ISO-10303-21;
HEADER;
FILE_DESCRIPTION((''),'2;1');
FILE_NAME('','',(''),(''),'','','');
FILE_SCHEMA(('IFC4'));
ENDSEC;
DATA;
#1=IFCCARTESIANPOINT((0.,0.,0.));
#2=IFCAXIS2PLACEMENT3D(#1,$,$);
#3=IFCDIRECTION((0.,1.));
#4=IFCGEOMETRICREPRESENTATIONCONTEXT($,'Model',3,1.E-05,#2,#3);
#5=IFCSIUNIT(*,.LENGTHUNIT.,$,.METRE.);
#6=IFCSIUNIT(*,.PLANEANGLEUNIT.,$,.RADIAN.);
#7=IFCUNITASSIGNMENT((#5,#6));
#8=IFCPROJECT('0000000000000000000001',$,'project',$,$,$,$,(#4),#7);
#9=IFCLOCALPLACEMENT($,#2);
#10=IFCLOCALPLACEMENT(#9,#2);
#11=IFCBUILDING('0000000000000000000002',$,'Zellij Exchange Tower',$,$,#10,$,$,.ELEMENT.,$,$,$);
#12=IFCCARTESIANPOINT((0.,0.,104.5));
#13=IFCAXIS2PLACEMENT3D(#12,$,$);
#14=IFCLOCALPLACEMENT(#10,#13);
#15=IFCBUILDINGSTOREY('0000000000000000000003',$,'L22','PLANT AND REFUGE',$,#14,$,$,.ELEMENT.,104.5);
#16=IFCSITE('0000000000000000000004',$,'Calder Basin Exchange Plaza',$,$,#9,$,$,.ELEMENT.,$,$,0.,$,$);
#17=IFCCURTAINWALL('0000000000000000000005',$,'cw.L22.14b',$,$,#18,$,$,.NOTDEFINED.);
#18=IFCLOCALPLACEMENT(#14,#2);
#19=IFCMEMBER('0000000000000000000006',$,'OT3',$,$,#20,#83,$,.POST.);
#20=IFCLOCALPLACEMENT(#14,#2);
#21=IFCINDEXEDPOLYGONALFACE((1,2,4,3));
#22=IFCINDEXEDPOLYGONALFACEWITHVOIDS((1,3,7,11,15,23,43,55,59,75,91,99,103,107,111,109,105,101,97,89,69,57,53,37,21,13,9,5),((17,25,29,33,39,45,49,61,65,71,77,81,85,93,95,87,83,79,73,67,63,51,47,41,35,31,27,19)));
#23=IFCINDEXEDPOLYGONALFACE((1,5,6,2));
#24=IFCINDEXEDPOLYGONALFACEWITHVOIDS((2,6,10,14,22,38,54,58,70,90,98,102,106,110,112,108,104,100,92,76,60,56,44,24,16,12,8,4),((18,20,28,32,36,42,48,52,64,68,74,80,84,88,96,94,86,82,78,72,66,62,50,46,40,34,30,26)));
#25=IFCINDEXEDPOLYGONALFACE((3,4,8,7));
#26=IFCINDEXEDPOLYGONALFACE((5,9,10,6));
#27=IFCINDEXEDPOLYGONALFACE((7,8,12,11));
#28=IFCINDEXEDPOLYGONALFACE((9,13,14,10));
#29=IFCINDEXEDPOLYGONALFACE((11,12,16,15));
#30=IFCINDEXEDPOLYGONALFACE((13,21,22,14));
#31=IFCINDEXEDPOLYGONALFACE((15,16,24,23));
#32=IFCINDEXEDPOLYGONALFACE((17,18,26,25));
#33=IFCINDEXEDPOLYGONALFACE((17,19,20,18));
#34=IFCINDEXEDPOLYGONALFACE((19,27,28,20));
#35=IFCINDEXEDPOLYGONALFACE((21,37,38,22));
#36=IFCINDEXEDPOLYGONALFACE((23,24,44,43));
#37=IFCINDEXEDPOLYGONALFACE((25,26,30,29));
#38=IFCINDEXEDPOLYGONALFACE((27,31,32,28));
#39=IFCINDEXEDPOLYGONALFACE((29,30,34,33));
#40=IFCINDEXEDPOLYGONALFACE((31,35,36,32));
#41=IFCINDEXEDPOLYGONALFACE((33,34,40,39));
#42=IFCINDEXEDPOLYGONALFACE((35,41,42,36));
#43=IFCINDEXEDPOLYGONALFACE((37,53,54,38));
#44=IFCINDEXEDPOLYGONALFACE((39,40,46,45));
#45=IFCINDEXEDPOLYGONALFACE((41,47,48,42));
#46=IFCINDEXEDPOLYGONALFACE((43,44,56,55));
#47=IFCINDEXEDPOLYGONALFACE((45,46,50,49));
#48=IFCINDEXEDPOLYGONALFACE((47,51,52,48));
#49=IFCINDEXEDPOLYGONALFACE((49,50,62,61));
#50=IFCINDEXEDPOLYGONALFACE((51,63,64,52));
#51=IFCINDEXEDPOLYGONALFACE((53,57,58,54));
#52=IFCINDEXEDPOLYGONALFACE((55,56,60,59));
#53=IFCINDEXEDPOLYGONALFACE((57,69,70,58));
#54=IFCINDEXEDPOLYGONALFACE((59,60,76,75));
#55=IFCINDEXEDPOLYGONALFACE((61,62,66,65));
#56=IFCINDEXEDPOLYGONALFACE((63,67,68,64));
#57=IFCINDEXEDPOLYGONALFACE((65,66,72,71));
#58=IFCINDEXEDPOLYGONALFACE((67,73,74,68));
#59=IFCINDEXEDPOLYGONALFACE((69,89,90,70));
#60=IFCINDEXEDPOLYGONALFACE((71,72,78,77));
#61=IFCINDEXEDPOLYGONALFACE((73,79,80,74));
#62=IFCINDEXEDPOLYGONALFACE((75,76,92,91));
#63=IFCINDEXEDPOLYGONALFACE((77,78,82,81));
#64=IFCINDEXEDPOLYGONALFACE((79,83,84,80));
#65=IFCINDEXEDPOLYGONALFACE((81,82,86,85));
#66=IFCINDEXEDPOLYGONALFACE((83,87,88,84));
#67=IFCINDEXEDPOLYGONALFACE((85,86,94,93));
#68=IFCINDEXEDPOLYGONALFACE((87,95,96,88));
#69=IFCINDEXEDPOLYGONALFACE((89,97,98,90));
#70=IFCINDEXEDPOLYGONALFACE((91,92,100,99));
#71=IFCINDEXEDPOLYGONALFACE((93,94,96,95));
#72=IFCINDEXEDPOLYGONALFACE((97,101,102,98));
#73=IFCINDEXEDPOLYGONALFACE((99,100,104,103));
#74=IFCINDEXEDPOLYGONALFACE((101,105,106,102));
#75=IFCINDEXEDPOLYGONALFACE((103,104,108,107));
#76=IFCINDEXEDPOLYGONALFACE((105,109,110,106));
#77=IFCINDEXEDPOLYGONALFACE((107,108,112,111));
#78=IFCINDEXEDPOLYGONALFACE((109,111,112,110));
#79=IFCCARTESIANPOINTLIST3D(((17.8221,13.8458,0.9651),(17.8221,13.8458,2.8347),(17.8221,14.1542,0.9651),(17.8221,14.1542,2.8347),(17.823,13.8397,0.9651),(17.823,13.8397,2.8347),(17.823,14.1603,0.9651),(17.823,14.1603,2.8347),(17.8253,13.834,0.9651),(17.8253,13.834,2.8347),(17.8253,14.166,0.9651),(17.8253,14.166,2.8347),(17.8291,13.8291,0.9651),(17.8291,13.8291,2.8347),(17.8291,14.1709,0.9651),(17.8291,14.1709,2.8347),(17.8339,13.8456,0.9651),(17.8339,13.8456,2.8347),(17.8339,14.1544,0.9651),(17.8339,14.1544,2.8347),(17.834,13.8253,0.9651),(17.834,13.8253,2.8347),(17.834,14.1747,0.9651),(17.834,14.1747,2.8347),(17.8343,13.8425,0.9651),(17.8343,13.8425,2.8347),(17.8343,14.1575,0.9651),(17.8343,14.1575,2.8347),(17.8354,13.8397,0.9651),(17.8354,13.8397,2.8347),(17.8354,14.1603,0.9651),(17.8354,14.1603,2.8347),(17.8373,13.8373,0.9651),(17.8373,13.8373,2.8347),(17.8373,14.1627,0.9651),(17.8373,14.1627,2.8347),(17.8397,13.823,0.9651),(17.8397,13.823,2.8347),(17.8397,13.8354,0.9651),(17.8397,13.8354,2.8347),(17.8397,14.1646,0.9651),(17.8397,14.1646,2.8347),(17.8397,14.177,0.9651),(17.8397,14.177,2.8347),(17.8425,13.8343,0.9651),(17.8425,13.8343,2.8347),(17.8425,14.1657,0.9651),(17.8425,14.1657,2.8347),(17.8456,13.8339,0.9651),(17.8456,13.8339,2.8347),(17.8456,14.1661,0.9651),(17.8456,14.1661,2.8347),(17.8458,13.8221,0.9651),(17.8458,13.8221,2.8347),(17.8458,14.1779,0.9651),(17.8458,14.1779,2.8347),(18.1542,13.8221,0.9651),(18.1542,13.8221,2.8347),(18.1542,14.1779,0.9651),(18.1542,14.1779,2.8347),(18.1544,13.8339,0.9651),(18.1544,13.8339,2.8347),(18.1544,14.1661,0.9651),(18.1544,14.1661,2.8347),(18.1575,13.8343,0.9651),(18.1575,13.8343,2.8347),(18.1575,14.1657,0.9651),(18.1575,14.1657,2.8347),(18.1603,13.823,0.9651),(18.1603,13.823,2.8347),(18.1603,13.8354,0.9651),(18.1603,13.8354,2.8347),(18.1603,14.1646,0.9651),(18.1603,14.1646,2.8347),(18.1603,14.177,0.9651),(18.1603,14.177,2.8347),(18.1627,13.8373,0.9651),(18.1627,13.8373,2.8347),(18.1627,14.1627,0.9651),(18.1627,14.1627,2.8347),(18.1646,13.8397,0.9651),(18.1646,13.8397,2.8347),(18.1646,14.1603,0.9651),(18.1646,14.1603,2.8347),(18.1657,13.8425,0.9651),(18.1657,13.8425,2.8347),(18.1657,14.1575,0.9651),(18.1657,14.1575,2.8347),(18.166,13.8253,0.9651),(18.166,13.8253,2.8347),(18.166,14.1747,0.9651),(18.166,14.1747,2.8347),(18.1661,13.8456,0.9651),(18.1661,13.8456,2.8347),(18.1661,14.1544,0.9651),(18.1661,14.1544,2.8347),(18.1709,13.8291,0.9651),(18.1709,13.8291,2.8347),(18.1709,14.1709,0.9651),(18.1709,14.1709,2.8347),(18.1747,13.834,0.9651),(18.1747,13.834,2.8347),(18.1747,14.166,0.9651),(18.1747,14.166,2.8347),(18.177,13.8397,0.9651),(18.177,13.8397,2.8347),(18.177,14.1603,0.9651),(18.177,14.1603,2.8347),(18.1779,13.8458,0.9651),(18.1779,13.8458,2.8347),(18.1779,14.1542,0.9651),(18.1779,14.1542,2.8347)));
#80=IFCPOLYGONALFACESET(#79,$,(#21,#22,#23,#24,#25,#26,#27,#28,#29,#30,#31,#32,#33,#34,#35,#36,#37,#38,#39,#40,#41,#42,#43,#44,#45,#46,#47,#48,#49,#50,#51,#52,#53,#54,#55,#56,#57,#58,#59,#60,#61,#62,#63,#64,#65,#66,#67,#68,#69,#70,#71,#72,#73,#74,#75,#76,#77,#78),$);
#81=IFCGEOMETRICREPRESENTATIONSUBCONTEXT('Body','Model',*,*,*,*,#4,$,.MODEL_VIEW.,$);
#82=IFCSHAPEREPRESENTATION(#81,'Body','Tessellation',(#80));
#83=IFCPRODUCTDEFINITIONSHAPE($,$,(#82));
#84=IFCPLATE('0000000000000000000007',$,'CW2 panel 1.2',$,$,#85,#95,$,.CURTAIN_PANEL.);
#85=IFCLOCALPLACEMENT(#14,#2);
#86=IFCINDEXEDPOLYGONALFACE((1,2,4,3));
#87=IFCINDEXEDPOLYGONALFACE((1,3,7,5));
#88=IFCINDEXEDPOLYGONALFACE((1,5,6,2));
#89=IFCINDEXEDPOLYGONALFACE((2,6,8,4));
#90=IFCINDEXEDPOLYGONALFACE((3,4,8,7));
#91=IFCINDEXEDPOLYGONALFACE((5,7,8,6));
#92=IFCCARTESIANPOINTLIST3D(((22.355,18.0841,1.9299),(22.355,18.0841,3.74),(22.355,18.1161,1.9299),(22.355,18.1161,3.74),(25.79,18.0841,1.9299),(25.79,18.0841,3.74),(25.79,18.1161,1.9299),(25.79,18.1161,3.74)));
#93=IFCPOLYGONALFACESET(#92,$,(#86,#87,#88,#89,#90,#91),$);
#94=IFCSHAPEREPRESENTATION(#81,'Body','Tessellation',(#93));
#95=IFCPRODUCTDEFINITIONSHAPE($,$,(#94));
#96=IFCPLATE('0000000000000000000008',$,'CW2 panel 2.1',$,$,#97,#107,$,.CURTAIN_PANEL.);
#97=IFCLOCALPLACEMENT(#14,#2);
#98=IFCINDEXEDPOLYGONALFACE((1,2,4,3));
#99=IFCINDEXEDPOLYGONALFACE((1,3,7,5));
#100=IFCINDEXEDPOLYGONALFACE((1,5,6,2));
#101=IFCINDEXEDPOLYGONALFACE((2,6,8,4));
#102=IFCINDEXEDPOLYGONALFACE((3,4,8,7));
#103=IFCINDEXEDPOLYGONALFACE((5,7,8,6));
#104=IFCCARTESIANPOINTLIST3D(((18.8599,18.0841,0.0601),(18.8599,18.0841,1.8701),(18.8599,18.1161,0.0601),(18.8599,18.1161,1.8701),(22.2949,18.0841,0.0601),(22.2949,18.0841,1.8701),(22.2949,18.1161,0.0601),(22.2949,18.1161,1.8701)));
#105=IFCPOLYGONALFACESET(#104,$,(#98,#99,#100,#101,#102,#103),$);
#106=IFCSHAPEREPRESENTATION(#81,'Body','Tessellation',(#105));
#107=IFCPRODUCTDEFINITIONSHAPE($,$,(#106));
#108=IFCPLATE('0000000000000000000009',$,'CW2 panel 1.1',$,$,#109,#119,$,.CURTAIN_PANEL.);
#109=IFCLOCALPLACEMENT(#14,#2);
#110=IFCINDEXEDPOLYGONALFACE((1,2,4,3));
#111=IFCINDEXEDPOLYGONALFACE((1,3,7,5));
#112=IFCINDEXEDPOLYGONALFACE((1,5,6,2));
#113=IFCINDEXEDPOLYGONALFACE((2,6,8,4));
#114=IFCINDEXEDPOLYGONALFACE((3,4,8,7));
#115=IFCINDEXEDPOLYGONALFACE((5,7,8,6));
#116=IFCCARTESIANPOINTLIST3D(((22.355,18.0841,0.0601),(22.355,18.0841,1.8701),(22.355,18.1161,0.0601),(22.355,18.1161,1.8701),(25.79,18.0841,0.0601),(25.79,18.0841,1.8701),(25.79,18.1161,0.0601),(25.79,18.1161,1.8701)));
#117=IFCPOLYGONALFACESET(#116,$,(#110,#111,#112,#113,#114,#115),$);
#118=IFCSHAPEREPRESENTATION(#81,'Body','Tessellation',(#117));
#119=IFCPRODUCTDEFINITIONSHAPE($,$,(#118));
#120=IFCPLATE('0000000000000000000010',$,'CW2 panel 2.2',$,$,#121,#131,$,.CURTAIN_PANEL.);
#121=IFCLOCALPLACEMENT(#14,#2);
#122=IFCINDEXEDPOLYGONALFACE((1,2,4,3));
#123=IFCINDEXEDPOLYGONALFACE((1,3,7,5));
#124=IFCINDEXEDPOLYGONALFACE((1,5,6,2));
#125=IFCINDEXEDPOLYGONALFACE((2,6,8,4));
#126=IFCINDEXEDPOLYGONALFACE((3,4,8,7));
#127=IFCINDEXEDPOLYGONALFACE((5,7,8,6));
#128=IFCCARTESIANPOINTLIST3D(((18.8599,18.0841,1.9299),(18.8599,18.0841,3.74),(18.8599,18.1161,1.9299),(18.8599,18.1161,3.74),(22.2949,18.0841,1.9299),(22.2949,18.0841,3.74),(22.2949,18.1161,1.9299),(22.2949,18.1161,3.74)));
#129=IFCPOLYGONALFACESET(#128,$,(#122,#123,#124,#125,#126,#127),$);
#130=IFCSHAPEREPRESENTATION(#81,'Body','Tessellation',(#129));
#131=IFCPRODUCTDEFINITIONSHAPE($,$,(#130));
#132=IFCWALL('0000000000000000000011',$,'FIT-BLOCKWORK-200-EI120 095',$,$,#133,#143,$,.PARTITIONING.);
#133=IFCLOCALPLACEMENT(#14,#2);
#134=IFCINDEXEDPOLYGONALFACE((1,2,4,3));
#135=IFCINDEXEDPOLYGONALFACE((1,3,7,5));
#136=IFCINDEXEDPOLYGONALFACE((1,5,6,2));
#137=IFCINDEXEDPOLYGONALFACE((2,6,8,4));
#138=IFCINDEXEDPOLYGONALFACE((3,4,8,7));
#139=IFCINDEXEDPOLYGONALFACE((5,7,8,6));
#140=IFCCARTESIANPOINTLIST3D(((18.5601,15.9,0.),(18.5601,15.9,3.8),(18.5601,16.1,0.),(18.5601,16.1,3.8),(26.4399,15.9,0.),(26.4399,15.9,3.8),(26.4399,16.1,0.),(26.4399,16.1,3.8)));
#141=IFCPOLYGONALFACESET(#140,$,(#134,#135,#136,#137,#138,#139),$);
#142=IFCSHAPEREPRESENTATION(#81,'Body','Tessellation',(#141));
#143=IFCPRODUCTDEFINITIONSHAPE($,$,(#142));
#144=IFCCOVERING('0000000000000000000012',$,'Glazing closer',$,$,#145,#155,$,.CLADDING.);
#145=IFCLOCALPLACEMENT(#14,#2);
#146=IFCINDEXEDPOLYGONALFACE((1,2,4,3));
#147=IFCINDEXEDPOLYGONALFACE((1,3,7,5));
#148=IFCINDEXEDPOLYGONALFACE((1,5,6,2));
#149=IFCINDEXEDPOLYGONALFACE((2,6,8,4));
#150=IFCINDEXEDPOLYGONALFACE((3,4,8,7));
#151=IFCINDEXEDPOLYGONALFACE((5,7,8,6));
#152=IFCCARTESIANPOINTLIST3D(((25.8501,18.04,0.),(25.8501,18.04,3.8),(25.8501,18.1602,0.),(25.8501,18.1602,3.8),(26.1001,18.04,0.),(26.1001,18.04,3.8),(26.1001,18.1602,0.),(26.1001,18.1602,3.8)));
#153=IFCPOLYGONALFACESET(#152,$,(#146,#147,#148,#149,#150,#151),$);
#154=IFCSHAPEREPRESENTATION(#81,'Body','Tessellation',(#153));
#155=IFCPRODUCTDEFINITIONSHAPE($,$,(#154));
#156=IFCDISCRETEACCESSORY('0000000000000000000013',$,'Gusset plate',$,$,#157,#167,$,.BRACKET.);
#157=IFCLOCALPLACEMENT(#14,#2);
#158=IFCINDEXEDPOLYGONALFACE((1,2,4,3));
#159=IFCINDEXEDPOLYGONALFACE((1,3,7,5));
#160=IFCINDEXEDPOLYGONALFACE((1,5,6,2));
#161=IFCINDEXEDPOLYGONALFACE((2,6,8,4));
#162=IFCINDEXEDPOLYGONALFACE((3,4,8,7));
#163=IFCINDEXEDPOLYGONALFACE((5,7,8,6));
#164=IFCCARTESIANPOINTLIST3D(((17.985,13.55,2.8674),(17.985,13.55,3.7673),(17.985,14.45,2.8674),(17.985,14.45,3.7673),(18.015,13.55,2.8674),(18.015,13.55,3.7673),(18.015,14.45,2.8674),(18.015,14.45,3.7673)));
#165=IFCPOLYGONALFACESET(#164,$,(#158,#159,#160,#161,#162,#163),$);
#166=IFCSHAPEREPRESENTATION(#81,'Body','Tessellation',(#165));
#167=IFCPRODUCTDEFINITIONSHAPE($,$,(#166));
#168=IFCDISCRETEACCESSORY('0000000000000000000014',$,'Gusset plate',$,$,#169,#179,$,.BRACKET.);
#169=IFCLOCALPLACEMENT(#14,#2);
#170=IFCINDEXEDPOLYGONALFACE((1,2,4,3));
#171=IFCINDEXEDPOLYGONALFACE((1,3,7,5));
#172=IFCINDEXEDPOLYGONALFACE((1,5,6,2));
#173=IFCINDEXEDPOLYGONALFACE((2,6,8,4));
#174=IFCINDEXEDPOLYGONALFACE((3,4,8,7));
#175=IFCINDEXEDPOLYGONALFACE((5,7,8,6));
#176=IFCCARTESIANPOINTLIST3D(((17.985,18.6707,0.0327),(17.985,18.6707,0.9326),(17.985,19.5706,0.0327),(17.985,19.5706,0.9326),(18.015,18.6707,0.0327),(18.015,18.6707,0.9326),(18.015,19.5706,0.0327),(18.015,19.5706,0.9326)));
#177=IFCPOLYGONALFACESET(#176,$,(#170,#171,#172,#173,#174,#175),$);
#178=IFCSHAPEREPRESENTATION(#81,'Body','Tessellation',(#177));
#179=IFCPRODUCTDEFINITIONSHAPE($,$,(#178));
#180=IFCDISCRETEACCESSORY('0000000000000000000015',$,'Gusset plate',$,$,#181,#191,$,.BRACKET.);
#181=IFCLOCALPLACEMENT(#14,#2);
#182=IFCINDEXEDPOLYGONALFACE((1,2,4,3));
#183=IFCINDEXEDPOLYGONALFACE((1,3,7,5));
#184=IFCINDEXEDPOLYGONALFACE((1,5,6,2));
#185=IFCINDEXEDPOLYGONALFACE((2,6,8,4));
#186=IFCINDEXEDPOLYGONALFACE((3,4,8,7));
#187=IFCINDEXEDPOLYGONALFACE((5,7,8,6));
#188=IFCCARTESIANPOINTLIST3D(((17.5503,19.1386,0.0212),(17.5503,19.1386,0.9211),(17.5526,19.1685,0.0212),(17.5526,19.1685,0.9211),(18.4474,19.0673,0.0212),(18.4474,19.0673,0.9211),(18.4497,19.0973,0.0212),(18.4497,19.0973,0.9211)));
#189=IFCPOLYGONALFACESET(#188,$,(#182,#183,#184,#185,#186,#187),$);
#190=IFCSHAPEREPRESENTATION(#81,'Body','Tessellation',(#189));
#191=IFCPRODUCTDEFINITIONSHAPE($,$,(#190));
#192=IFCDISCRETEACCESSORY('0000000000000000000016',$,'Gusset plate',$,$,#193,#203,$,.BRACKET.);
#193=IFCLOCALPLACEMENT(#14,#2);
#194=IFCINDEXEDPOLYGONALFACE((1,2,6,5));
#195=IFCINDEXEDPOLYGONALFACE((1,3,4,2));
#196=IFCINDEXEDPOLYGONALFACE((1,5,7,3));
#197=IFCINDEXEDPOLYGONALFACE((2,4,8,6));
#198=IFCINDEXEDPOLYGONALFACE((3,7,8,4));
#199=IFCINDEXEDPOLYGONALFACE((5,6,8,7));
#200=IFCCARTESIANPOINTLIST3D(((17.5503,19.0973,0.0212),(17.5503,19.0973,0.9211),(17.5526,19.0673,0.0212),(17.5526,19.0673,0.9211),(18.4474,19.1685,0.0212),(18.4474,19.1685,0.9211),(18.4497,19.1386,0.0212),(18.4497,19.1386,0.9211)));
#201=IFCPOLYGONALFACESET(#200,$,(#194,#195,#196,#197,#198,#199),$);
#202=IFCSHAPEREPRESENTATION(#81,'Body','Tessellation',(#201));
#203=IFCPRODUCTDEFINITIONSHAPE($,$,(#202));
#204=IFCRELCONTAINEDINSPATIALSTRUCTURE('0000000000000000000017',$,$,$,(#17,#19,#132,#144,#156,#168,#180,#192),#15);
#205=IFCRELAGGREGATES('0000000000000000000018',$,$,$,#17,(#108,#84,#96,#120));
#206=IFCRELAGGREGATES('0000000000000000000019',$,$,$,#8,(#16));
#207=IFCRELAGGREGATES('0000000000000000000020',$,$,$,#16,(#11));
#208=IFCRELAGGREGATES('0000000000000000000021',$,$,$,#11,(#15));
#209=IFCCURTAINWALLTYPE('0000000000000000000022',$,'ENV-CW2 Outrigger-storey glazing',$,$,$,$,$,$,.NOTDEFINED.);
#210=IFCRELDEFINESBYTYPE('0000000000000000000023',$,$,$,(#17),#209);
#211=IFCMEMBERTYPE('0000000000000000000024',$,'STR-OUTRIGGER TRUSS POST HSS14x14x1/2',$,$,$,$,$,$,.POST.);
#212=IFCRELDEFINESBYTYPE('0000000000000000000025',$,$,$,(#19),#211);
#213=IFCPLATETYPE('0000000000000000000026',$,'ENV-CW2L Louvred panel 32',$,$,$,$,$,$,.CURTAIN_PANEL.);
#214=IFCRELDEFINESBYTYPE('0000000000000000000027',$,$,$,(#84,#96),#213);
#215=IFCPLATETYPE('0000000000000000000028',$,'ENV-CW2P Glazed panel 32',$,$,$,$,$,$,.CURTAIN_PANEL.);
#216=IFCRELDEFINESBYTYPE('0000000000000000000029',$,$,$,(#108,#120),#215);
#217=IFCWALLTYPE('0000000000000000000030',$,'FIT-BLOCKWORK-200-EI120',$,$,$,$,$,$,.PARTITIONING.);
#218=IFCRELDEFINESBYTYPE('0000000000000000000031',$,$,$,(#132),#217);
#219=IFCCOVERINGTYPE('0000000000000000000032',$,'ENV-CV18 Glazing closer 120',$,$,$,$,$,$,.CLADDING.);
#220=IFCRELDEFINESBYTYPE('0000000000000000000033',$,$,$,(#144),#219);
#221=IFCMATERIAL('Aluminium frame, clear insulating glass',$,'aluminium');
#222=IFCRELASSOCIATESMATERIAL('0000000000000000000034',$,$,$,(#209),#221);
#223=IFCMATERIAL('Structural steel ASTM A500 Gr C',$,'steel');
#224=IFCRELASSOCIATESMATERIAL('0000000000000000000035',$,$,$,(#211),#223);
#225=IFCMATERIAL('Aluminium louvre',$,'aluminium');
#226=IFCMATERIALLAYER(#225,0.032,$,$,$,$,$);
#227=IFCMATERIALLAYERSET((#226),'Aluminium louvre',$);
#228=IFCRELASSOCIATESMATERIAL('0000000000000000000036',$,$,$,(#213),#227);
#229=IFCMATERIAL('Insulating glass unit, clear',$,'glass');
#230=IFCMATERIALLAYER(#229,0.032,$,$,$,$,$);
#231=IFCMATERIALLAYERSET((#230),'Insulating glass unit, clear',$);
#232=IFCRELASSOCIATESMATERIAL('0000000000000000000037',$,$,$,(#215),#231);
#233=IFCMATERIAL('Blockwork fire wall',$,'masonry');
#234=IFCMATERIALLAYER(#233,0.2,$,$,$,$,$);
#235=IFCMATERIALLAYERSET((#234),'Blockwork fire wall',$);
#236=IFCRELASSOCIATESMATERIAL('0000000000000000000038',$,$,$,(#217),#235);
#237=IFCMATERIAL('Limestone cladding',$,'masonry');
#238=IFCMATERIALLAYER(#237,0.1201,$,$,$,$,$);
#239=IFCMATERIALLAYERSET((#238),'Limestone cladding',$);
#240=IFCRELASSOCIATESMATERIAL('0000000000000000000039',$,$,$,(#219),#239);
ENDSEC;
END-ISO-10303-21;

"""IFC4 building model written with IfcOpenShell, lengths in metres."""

from ifc_helpers import new_model, si_unit, direction, frame, frame_2d, origin, origin_2d, place, context, subcontext, project, spatial, rectangle, hollow_rectangle, extrude, material, layer, layer_set, material_profile, profile_set, type_object, element, aggregate, save


model = new_model("IFC4")

# Units and contexts
model_context = context("Model", 3, precision=1e-05, world=origin(), true_north=direction((0.0, 1.0)))
body_context = subcontext(model_context, "Body", "Model", "MODEL_VIEW")
ifc_project = project(units=[si_unit("LENGTHUNIT", "METRE"), si_unit("PLANEANGLEUNIT", "RADIAN")], contexts=[model_context])

# Site, building, storey
site_placement = place(None, origin())
site = spatial("IfcSite", under=ifc_project, at=site_placement, Name="Calder Basin Exchange Plaza", CompositionType="ELEMENT", RefElevation=0.0)
building_placement = place(site_placement, origin())
building = spatial("IfcBuilding", under=site, at=building_placement, Name="Zellij Exchange Tower", CompositionType="ELEMENT")
storey_placement = place(building_placement, frame((0.0, 0.0, 104.5)))
storey = spatial("IfcBuildingStorey", under=building, at=storey_placement, Name="L22", Description="PLANT AND REFUGE", CompositionType="ELEMENT", Elevation=104.5)

# Curtain wall
ifc_material_1 = material(Name="Aluminium frame, clear insulating glass", Category="aluminium")
curtain_wall_type = type_object("IfcCurtainWallType", Name="ENV-CW2 Outrigger-storey glazing", PredefinedType="NOTDEFINED", material=ifc_material_1)
curtain_wall_placement = place(storey_placement, origin())
curtain_wall = element("IfcCurtainWall", 1, at=curtain_wall_placement, inside=storey, type_object=curtain_wall_type, Name="cw.L22.14b", PredefinedType="NOTDEFINED")

# Shared definitions
ifc_material_2 = material(Name="Structural steel ASTM A500 Gr C", Category="steel")

# Member
ifc_material_profile_1 = material_profile(ifc_material_2, hollow_rectangle(XDim=0.3557, YDim=0.3557, WallThickness=0.0117, InnerFilletRadius=0.0117, OuterFilletRadius=0.0237, at=origin_2d()), Name="STR-OUTRIGGER TRUSS POST HSS14x14x1/2")
ifc_profile_set_1 = profile_set([ifc_material_profile_1], Name="Structural steel ASTM A500 Gr C")
member_type_1 = type_object("IfcMemberType", Name="STR-OUTRIGGER TRUSS POST HSS14x14x1/2", PredefinedType="POST", material=ifc_profile_set_1)
member_1_placement = place(storey_placement, frame((18.0, 14.0, 0.9651), z_axis=(0.0, 0.0, 1.0), x_axis=(1.0, 0.0, 0.0)))
element("IfcMember", 2, at=member_1_placement, inside=storey, type_object=member_type_1, Name="OT3", PredefinedType="POST", context=body_context, shape_type="SweptSolid", body=[
    extrude(hollow_rectangle(XDim=0.3557, YDim=0.3557, WallThickness=0.0117, InnerFilletRadius=0.0117, OuterFilletRadius=0.0237, at=origin_2d()), origin(), (0.0, 0.0, 1.0), 1.8696),
])

# Plates
ifc_material_3 = material(Name="Aluminium louvre", Category="aluminium")
ifc_layer_1 = layer(ifc_material_3, 0.032)
ifc_layer_set_1 = layer_set([ifc_layer_1], Name="Aluminium louvre")
plate_type_1 = type_object("IfcPlateType", Name="ENV-CW2L Louvred panel 32", PredefinedType="CURTAIN_PANEL", material=ifc_layer_set_1)
plate_1_placement = place(storey_placement, frame((24.0725, 18.1001, 1.9299), z_axis=(0.0, 0.0, 1.0), x_axis=(-1.0, 0.0, 0.0)))
plate_1 = element("IfcPlate", 3, at=plate_1_placement, type_object=plate_type_1, Name="CW2 panel 1.2", PredefinedType="CURTAIN_PANEL", context=body_context, shape_type="SweptSolid", body=[
    extrude(rectangle(XDim=3.4351, YDim=0.032, at=origin_2d()), origin(), (0.0, 0.0, 1.0), 1.8101),
])
plate_2_placement = place(storey_placement, frame((20.5774, 18.1001, 0.0601), z_axis=(0.0, 0.0, 1.0), x_axis=(-1.0, 0.0, 0.0)))
plate_2 = element("IfcPlate", 4, at=plate_2_placement, type_object=plate_type_1, Name="CW2 panel 2.1", PredefinedType="CURTAIN_PANEL", context=body_context, shape_type="SweptSolid", body=[
    extrude(rectangle(XDim=3.4351, YDim=0.032, at=origin_2d()), origin(), (0.0, 0.0, 1.0), 1.8101),
])
ifc_material_4 = material(Name="Insulating glass unit, clear", Category="glass")
ifc_layer_2 = layer(ifc_material_4, 0.032)
ifc_layer_set_2 = layer_set([ifc_layer_2], Name="Insulating glass unit, clear")
plate_type_2 = type_object("IfcPlateType", Name="ENV-CW2P Glazed panel 32", PredefinedType="CURTAIN_PANEL", material=ifc_layer_set_2)
plate_3_placement = place(storey_placement, frame((24.0725, 18.1001, 0.0601), z_axis=(0.0, 0.0, 1.0), x_axis=(-1.0, 0.0, 0.0)))
plate_3 = element("IfcPlate", 5, at=plate_3_placement, type_object=plate_type_2, Name="CW2 panel 1.1", PredefinedType="CURTAIN_PANEL", context=body_context, shape_type="SweptSolid", body=[
    extrude(rectangle(XDim=3.4351, YDim=0.032, at=origin_2d()), origin(), (0.0, 0.0, 1.0), 1.8101),
])
plate_4_placement = place(storey_placement, frame((20.5774, 18.1001, 1.9299), z_axis=(0.0, 0.0, 1.0), x_axis=(-1.0, 0.0, 0.0)))
plate_4 = element("IfcPlate", 6, at=plate_4_placement, type_object=plate_type_2, Name="CW2 panel 2.2", PredefinedType="CURTAIN_PANEL", context=body_context, shape_type="SweptSolid", body=[
    extrude(rectangle(XDim=3.4351, YDim=0.032, at=origin_2d()), origin(), (0.0, 0.0, 1.0), 1.8101),
])
aggregate(curtain_wall, [plate_3, plate_1, plate_2, plate_4])

# Wall
ifc_material_5 = material(Name="Blockwork fire wall", Category="masonry")
ifc_layer_3 = layer(ifc_material_5, 0.2)
ifc_layer_set_3 = layer_set([ifc_layer_3], Name="Blockwork fire wall")
wall_type = type_object("IfcWallType", Name="FIT-BLOCKWORK-200-EI120", PredefinedType="PARTITIONING", material=ifc_layer_set_3)
wall_placement = place(storey_placement, frame((18.5601, 16.0, 0.0), z_axis=(0.0, 0.0, 1.0), x_axis=(1.0, 0.0, 0.0)))
element("IfcWall", 7, at=wall_placement, inside=storey, type_object=wall_type, Name="FIT-BLOCKWORK-200-EI120 095", PredefinedType="PARTITIONING", context=body_context, shape_type="SweptSolid", body=[
    extrude(rectangle(XDim=7.8799, YDim=0.2, at=frame_2d((3.9399, 0.0))), origin(), (0.0, 0.0, 1.0), 3.8),
])

# Covering
ifc_material_6 = material(Name="Limestone cladding", Category="masonry")
ifc_layer_4 = layer(ifc_material_6, 0.1201)
ifc_layer_set_4 = layer_set([ifc_layer_4], Name="Limestone cladding")
covering_type = type_object("IfcCoveringType", Name="ENV-CV18 Glazing closer 120", PredefinedType="CLADDING", material=ifc_layer_set_4)
covering_placement = place(storey_placement, frame((25.9751, 18.1001, 0.0), z_axis=(0.0, 0.0, 1.0), x_axis=(1.0, 0.0, 0.0)))
element("IfcCovering", 8, at=covering_placement, inside=storey, type_object=covering_type, Name="Glazing closer", PredefinedType="CLADDING", context=body_context, shape_type="SweptSolid", body=[
    extrude(rectangle(XDim=0.25, YDim=0.1201, at=origin_2d()), origin(), (0.0, 0.0, 1.0), 3.8),
])

# Discrete accessories
for number, where, z_axis, x_axis, name in (
    (9, (18.0, 14.0, 2.8674), (0.0, 0.0, 1.0), (0.0, 1.0, 0.0), "Gusset plate"),
    (10, (18.0, 19.1206, 0.0327), (0.0, 0.0, 1.0), (0.0, 1.0, 0.0), "Gusset plate"),
    (11, (18.0, 19.1179, 0.0212), (0.0, 0.0, 1.0), (0.996864, -0.079129, 0.0), "Gusset plate"),
    (12, (18.0, 19.1179, 0.0212), (0.0, 0.0, 1.0), (0.996864, 0.079129, 0.0), "Gusset plate"),
):
    element("IfcDiscreteAccessory", number, at=place(storey_placement, frame(where, z_axis=z_axis, x_axis=x_axis)), inside=storey, Name=name, PredefinedType="BRACKET", context=body_context, shape_type="SweptSolid", body=[
        extrude(rectangle(XDim=0.8999, YDim=0.03, at=origin_2d()), origin(), (0.0, 0.0, 1.0), 0.8999),
    ])

save(model, "model.ifc")
